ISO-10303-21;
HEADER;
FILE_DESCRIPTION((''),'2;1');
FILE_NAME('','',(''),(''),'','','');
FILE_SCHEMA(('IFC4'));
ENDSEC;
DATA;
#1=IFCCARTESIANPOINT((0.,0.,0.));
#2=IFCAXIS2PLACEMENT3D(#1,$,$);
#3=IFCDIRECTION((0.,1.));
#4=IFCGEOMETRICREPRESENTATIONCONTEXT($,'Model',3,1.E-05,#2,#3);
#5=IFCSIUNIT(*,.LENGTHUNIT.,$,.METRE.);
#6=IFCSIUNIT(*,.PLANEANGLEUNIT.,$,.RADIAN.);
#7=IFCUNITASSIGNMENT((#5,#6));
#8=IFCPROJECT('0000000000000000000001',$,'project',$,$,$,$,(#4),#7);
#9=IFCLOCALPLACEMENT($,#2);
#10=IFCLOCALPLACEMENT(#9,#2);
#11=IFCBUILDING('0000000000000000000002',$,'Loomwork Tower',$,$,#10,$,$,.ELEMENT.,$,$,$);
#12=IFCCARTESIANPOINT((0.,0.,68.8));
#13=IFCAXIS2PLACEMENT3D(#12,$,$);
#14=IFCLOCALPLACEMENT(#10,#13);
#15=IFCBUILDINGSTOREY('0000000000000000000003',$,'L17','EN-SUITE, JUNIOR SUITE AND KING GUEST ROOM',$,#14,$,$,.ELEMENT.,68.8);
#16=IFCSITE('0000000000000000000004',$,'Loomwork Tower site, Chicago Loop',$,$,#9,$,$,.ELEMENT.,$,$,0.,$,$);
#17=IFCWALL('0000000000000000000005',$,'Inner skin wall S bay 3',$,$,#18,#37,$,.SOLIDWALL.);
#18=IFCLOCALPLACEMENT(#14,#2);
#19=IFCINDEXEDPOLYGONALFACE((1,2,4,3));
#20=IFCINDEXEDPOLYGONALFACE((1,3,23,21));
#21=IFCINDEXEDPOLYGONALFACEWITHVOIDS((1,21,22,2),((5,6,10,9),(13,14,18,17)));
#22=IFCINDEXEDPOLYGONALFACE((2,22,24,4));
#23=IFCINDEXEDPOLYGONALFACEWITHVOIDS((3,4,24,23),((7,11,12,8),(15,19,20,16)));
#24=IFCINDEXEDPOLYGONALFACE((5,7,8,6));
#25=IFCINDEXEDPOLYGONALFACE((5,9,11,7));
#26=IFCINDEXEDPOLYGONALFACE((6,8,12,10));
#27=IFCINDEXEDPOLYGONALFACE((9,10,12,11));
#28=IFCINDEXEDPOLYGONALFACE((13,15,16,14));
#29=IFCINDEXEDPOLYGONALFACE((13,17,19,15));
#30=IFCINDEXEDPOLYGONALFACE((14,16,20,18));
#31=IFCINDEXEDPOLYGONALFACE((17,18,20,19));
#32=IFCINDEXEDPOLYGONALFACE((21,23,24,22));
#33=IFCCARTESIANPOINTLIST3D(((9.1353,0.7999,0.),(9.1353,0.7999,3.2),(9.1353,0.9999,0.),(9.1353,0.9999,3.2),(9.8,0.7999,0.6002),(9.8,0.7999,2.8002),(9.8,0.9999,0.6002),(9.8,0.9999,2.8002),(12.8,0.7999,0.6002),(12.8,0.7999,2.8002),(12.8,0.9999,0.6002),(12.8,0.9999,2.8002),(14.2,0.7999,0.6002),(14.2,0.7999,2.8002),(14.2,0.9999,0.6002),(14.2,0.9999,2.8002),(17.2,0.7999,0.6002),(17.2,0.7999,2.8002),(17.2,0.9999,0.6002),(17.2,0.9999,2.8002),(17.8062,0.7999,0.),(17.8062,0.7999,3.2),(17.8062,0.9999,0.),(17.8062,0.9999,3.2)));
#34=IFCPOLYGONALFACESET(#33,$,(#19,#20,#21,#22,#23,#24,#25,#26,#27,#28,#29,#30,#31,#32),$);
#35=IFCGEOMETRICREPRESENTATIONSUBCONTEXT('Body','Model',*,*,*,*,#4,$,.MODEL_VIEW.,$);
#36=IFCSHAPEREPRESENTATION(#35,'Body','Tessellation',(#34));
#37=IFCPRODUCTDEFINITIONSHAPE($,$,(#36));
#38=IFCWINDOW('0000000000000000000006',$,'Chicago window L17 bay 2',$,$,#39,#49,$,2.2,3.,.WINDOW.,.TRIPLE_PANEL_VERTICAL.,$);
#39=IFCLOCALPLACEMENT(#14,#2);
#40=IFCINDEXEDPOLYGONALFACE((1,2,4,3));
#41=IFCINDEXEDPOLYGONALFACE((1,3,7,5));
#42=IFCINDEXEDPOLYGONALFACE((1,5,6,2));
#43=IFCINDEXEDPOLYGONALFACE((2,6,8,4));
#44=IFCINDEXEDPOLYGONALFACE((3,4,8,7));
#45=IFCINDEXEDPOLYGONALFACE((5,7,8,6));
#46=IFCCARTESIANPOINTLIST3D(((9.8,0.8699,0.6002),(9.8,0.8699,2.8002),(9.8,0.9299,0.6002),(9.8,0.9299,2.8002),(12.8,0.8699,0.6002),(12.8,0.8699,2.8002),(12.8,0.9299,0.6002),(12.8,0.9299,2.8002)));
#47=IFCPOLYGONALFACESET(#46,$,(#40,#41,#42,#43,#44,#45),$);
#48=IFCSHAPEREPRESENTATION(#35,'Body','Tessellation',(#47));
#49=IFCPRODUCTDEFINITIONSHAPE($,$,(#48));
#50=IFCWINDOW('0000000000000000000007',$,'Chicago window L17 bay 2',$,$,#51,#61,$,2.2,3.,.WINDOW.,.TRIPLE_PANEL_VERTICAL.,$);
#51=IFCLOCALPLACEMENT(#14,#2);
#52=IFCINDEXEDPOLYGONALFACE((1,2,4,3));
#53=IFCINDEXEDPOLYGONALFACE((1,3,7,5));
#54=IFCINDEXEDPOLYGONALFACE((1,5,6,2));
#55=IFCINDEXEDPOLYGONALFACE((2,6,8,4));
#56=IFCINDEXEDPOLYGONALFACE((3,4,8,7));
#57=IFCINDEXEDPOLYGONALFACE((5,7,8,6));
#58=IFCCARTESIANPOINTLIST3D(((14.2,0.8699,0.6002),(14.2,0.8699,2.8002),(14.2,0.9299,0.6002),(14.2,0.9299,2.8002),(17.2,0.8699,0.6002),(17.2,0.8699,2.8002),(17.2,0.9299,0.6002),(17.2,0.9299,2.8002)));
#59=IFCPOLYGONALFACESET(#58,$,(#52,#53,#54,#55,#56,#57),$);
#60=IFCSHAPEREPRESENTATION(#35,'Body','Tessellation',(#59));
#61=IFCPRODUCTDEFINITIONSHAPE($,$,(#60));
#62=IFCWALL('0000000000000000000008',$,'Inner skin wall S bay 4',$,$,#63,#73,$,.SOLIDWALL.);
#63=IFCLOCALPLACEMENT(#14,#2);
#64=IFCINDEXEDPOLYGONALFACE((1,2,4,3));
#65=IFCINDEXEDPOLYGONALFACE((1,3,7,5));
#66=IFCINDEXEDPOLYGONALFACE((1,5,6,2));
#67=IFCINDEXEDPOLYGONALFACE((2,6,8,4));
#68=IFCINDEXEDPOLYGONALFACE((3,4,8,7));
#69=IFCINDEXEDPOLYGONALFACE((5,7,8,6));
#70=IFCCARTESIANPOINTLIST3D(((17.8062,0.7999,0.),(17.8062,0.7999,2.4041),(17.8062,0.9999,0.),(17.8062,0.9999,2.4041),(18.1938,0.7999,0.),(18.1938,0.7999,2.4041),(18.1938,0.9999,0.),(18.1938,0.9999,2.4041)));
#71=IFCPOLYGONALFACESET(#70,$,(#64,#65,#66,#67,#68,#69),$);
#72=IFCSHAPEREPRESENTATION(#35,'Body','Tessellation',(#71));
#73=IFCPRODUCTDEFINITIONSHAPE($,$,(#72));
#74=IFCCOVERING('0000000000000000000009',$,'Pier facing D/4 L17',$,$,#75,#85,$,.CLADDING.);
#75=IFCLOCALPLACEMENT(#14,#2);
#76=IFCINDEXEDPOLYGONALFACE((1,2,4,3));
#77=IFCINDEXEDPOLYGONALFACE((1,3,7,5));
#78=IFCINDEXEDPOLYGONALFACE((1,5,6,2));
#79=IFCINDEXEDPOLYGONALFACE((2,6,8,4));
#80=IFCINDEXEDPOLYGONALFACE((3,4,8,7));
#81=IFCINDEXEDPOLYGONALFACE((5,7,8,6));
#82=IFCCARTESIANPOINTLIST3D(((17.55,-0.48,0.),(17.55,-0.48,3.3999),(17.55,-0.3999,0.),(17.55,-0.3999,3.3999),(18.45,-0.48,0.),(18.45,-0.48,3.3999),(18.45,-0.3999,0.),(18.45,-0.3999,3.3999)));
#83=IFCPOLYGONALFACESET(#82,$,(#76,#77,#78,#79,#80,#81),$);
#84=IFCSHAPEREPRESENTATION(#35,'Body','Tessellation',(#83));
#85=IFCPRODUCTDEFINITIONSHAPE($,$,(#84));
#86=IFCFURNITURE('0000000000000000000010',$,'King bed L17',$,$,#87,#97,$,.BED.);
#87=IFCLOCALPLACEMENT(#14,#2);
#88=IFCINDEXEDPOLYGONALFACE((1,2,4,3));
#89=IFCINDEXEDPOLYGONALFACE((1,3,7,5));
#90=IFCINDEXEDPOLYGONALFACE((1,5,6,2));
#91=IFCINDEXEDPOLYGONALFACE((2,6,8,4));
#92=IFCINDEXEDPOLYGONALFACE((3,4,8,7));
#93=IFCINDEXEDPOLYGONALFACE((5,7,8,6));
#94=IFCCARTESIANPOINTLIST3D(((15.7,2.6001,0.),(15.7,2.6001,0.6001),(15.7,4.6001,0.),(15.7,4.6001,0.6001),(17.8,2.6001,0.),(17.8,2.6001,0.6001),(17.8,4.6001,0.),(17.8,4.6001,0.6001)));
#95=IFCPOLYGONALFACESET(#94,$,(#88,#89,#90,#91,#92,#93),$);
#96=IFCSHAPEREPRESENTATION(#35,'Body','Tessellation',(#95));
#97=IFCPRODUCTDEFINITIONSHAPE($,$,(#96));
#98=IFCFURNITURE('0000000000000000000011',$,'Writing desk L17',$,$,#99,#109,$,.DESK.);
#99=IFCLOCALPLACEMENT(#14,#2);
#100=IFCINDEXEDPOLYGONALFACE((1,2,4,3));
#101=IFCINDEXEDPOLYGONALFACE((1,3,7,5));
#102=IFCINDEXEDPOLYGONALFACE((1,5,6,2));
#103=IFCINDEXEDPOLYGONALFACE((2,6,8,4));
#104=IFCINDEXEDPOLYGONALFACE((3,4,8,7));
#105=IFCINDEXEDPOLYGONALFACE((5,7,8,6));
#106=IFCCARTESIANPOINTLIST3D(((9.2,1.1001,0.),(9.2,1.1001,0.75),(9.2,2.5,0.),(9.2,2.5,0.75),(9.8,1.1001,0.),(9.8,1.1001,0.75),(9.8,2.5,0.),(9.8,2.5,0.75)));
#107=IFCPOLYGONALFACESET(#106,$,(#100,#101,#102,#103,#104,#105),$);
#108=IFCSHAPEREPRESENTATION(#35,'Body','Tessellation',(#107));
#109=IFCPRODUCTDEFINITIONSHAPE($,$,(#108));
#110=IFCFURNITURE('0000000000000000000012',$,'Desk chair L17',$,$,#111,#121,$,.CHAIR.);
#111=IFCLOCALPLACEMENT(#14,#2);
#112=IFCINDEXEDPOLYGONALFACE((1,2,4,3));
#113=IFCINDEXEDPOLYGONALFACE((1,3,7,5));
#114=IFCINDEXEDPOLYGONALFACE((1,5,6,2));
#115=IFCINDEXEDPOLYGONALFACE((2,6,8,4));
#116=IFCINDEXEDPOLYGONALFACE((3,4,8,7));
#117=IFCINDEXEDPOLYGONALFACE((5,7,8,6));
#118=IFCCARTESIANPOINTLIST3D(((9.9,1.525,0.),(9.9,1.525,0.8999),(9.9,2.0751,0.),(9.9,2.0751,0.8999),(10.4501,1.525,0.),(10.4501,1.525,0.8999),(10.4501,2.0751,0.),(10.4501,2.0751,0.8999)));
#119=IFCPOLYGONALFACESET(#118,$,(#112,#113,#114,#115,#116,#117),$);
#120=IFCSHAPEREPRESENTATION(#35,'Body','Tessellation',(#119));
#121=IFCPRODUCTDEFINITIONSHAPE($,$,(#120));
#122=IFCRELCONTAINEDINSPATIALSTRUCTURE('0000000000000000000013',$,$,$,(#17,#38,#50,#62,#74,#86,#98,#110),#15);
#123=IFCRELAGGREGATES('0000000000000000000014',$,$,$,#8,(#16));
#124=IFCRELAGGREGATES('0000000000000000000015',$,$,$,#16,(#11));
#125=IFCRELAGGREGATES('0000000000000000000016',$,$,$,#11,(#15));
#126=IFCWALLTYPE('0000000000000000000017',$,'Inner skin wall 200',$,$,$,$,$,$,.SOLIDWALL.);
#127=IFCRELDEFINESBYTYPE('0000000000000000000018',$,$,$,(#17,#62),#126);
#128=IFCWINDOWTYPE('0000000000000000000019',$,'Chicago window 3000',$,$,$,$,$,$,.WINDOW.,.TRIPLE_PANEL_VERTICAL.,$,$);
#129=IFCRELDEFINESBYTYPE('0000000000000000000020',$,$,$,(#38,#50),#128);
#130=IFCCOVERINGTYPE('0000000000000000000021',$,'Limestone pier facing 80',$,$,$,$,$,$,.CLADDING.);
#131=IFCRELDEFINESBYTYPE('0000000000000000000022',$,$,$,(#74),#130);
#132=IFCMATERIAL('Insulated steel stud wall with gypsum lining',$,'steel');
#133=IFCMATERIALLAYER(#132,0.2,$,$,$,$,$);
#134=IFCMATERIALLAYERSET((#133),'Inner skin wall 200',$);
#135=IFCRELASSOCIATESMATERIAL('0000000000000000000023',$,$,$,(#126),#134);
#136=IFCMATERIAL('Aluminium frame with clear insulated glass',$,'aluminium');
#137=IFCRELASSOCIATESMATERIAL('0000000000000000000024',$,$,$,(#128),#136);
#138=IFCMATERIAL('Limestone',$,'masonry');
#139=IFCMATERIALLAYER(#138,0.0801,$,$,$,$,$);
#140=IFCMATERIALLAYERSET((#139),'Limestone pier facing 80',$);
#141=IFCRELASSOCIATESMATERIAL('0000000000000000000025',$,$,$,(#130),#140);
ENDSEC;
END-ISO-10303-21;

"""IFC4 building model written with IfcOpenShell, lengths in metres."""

from ifc_helpers import new_model, si_unit, direction, frame, frame_2d, origin, origin_2d, place, context, subcontext, project, spatial, rectangle, extrude, material, layer, layer_set, type_object, element, fill, save


model = new_model("IFC4")

# Units and contexts
model_context = context("Model", 3, precision=1e-05, world=origin(), true_north=direction((0.0, 1.0)))
body_context = subcontext(model_context, "Body", "Model", "MODEL_VIEW")
ifc_project = project(units=[si_unit("LENGTHUNIT", "METRE"), si_unit("PLANEANGLEUNIT", "RADIAN")], contexts=[model_context])

# Site, building, storey
site_placement = place(None, origin())
site = spatial("IfcSite", under=ifc_project, at=site_placement, Name="Loomwork Tower site, Chicago Loop", CompositionType="ELEMENT", RefElevation=0.0)
building_placement = place(site_placement, origin())
building = spatial("IfcBuilding", under=site, at=building_placement, Name="Loomwork Tower", CompositionType="ELEMENT")
storey_placement = place(building_placement, frame((0.0, 0.0, 68.8)))
storey = spatial("IfcBuildingStorey", under=building, at=storey_placement, Name="L17", Description="EN-SUITE, JUNIOR SUITE AND KING GUEST ROOM", CompositionType="ELEMENT", Elevation=68.8)

# Wall, openings, windows
ifc_material_1 = material(Name="Insulated steel stud wall with gypsum lining", Category="steel")
ifc_layer_1 = layer(ifc_material_1, 0.2)
ifc_layer_set_1 = layer_set([ifc_layer_1], Name="Inner skin wall 200")
wall_type = type_object("IfcWallType", Name="Inner skin wall 200", PredefinedType="SOLIDWALL", material=ifc_layer_set_1)
wall_1_placement = place(storey_placement, frame((9.1353, 0.8999, 0.0), z_axis=(0.0, 0.0, 1.0), x_axis=(1.0, 0.0, 0.0)))
wall_1 = element("IfcWall", 1, at=wall_1_placement, inside=storey, type_object=wall_type, Name="Inner skin wall S bay 3", PredefinedType="SOLIDWALL", context=body_context, shape_type="SweptSolid", body=[
    extrude(rectangle(XDim=8.6709, YDim=0.2, at=frame_2d((4.3354, 0.0))), origin(), (0.0, 0.0, 1.0), 3.2),
])
opening_1_placement = place(wall_1_placement, frame((0.6648, 0.0, 0.6001)))
opening_1 = element("IfcOpeningElement", 2, at=opening_1_placement, cuts=wall_1, PredefinedType="OPENING", context=body_context, shape_type="SweptSolid", body=[
    extrude(rectangle(XDim=3.0, YDim=2.2, at=frame_2d((1.5, 1.1001))), frame((0.0, 0.1099, 0.0), z_axis=(0.0, -1.0, 0.0), x_axis=(1.0, 0.0, 0.0)), (0.0, 0.0, 1.0), 0.22),
])
opening_2_placement = place(wall_1_placement, frame((5.0647, 0.0, 0.6001)))
opening_2 = element("IfcOpeningElement", 3, at=opening_2_placement, cuts=wall_1, PredefinedType="OPENING", context=body_context, shape_type="SweptSolid", body=[
    extrude(rectangle(XDim=3.0, YDim=2.2, at=frame_2d((1.5, 1.1001))), frame((0.0, 0.1099, 0.0), z_axis=(0.0, -1.0, 0.0), x_axis=(1.0, 0.0, 0.0)), (0.0, 0.0, 1.0), 0.22),
])
ifc_material_2 = material(Name="Aluminium frame with clear insulated glass", Category="aluminium")
window_type = type_object("IfcWindowType", Name="Chicago window 3000", PartitioningType="TRIPLE_PANEL_VERTICAL", PredefinedType="WINDOW", material=ifc_material_2)
window_1_placement = place(opening_1_placement, origin())
window_1 = element("IfcWindow", 4, at=window_1_placement, inside=storey, type_object=window_type, Name="Chicago window L17 bay 2", OverallHeight=2.2, OverallWidth=3.0, PartitioningType="TRIPLE_PANEL_VERTICAL", PredefinedType="WINDOW", context=body_context, shape_type="SweptSolid", body=[
    extrude(rectangle(XDim=3.0, YDim=2.2, at=frame_2d((1.5, 1.1001))), frame((0.0, 0.03, 0.0), z_axis=(0.0, -1.0, 0.0), x_axis=(1.0, 0.0, 0.0)), (0.0, 0.0, 1.0), 0.0601),
])
fill(opening_1, window_1)
window_2_placement = place(opening_2_placement, origin())
window_2 = element("IfcWindow", 5, at=window_2_placement, inside=storey, type_object=window_type, Name="Chicago window L17 bay 2", OverallHeight=2.2, OverallWidth=3.0, PartitioningType="TRIPLE_PANEL_VERTICAL", PredefinedType="WINDOW", context=body_context, shape_type="SweptSolid", body=[
    extrude(rectangle(XDim=3.0, YDim=2.2, at=frame_2d((1.5, 1.1001))), frame((0.0, 0.03, 0.0), z_axis=(0.0, -1.0, 0.0), x_axis=(1.0, 0.0, 0.0)), (0.0, 0.0, 1.0), 0.0601),
])
fill(opening_2, window_2)

# Wall
wall_2_placement = place(storey_placement, frame((17.8062, 0.8999, 0.0), z_axis=(0.0, 0.0, 1.0), x_axis=(1.0, 0.0, 0.0)))
element("IfcWall", 6, at=wall_2_placement, inside=storey, type_object=wall_type, Name="Inner skin wall S bay 4", PredefinedType="SOLIDWALL", context=body_context, shape_type="SweptSolid", body=[
    extrude(rectangle(XDim=0.3877, YDim=0.2, at=frame_2d((0.1938, 0.0))), origin(), (0.0, 0.0, 1.0), 2.4041),
])

# Covering
ifc_material_3 = material(Name="Limestone", Category="masonry")
ifc_layer_2 = layer(ifc_material_3, 0.0801)
ifc_layer_set_2 = layer_set([ifc_layer_2], Name="Limestone pier facing 80")
covering_type = type_object("IfcCoveringType", Name="Limestone pier facing 80", PredefinedType="CLADDING", material=ifc_layer_set_2)
covering_placement = place(storey_placement, frame((18.0, -0.4399, 0.0), z_axis=(0.0, 0.0, 1.0), x_axis=(1.0, 0.0, 0.0)))
element("IfcCovering", 7, at=covering_placement, inside=storey, type_object=covering_type, Name="Pier facing D/4 L17", PredefinedType="CLADDING", context=body_context, shape_type="SweptSolid", body=[
    extrude(rectangle(XDim=0.8999, YDim=0.0801, at=origin_2d()), origin(), (0.0, 0.0, 1.0), 3.3999),
])

# Furniture
furniture_1_placement = place(storey_placement, frame((16.75, 3.6001, 0.0), z_axis=(0.0, 0.0, 1.0), x_axis=(1.0, 0.0, 0.0)))
element("IfcFurniture", 8, at=furniture_1_placement, inside=storey, Name="King bed L17", PredefinedType="BED", context=body_context, shape_type="SweptSolid", body=[
    extrude(rectangle(XDim=2.1001, YDim=2.0, at=origin_2d()), origin(), (0.0, 0.0, 1.0), 0.6001),
])
furniture_2_placement = place(storey_placement, frame((9.5, 1.8, 0.0), z_axis=(0.0, 0.0, 1.0), x_axis=(1.0, 0.0, 0.0)))
element("IfcFurniture", 9, at=furniture_2_placement, inside=storey, Name="Writing desk L17", PredefinedType="DESK", context=body_context, shape_type="SweptSolid", body=[
    extrude(rectangle(XDim=0.6001, YDim=1.3999, at=origin_2d()), origin(), (0.0, 0.0, 1.0), 0.75),
])
furniture_3_placement = place(storey_placement, frame((10.175, 1.8, 0.0), z_axis=(0.0, 0.0, 1.0), x_axis=(1.0, 0.0, 0.0)))
element("IfcFurniture", 10, at=furniture_3_placement, inside=storey, Name="Desk chair L17", PredefinedType="CHAIR", context=body_context, shape_type="SweptSolid", body=[
    extrude(rectangle(XDim=0.55, YDim=0.55, at=origin_2d()), origin(), (0.0, 0.0, 1.0), 0.8999),
])

save(model, "model.ifc")
